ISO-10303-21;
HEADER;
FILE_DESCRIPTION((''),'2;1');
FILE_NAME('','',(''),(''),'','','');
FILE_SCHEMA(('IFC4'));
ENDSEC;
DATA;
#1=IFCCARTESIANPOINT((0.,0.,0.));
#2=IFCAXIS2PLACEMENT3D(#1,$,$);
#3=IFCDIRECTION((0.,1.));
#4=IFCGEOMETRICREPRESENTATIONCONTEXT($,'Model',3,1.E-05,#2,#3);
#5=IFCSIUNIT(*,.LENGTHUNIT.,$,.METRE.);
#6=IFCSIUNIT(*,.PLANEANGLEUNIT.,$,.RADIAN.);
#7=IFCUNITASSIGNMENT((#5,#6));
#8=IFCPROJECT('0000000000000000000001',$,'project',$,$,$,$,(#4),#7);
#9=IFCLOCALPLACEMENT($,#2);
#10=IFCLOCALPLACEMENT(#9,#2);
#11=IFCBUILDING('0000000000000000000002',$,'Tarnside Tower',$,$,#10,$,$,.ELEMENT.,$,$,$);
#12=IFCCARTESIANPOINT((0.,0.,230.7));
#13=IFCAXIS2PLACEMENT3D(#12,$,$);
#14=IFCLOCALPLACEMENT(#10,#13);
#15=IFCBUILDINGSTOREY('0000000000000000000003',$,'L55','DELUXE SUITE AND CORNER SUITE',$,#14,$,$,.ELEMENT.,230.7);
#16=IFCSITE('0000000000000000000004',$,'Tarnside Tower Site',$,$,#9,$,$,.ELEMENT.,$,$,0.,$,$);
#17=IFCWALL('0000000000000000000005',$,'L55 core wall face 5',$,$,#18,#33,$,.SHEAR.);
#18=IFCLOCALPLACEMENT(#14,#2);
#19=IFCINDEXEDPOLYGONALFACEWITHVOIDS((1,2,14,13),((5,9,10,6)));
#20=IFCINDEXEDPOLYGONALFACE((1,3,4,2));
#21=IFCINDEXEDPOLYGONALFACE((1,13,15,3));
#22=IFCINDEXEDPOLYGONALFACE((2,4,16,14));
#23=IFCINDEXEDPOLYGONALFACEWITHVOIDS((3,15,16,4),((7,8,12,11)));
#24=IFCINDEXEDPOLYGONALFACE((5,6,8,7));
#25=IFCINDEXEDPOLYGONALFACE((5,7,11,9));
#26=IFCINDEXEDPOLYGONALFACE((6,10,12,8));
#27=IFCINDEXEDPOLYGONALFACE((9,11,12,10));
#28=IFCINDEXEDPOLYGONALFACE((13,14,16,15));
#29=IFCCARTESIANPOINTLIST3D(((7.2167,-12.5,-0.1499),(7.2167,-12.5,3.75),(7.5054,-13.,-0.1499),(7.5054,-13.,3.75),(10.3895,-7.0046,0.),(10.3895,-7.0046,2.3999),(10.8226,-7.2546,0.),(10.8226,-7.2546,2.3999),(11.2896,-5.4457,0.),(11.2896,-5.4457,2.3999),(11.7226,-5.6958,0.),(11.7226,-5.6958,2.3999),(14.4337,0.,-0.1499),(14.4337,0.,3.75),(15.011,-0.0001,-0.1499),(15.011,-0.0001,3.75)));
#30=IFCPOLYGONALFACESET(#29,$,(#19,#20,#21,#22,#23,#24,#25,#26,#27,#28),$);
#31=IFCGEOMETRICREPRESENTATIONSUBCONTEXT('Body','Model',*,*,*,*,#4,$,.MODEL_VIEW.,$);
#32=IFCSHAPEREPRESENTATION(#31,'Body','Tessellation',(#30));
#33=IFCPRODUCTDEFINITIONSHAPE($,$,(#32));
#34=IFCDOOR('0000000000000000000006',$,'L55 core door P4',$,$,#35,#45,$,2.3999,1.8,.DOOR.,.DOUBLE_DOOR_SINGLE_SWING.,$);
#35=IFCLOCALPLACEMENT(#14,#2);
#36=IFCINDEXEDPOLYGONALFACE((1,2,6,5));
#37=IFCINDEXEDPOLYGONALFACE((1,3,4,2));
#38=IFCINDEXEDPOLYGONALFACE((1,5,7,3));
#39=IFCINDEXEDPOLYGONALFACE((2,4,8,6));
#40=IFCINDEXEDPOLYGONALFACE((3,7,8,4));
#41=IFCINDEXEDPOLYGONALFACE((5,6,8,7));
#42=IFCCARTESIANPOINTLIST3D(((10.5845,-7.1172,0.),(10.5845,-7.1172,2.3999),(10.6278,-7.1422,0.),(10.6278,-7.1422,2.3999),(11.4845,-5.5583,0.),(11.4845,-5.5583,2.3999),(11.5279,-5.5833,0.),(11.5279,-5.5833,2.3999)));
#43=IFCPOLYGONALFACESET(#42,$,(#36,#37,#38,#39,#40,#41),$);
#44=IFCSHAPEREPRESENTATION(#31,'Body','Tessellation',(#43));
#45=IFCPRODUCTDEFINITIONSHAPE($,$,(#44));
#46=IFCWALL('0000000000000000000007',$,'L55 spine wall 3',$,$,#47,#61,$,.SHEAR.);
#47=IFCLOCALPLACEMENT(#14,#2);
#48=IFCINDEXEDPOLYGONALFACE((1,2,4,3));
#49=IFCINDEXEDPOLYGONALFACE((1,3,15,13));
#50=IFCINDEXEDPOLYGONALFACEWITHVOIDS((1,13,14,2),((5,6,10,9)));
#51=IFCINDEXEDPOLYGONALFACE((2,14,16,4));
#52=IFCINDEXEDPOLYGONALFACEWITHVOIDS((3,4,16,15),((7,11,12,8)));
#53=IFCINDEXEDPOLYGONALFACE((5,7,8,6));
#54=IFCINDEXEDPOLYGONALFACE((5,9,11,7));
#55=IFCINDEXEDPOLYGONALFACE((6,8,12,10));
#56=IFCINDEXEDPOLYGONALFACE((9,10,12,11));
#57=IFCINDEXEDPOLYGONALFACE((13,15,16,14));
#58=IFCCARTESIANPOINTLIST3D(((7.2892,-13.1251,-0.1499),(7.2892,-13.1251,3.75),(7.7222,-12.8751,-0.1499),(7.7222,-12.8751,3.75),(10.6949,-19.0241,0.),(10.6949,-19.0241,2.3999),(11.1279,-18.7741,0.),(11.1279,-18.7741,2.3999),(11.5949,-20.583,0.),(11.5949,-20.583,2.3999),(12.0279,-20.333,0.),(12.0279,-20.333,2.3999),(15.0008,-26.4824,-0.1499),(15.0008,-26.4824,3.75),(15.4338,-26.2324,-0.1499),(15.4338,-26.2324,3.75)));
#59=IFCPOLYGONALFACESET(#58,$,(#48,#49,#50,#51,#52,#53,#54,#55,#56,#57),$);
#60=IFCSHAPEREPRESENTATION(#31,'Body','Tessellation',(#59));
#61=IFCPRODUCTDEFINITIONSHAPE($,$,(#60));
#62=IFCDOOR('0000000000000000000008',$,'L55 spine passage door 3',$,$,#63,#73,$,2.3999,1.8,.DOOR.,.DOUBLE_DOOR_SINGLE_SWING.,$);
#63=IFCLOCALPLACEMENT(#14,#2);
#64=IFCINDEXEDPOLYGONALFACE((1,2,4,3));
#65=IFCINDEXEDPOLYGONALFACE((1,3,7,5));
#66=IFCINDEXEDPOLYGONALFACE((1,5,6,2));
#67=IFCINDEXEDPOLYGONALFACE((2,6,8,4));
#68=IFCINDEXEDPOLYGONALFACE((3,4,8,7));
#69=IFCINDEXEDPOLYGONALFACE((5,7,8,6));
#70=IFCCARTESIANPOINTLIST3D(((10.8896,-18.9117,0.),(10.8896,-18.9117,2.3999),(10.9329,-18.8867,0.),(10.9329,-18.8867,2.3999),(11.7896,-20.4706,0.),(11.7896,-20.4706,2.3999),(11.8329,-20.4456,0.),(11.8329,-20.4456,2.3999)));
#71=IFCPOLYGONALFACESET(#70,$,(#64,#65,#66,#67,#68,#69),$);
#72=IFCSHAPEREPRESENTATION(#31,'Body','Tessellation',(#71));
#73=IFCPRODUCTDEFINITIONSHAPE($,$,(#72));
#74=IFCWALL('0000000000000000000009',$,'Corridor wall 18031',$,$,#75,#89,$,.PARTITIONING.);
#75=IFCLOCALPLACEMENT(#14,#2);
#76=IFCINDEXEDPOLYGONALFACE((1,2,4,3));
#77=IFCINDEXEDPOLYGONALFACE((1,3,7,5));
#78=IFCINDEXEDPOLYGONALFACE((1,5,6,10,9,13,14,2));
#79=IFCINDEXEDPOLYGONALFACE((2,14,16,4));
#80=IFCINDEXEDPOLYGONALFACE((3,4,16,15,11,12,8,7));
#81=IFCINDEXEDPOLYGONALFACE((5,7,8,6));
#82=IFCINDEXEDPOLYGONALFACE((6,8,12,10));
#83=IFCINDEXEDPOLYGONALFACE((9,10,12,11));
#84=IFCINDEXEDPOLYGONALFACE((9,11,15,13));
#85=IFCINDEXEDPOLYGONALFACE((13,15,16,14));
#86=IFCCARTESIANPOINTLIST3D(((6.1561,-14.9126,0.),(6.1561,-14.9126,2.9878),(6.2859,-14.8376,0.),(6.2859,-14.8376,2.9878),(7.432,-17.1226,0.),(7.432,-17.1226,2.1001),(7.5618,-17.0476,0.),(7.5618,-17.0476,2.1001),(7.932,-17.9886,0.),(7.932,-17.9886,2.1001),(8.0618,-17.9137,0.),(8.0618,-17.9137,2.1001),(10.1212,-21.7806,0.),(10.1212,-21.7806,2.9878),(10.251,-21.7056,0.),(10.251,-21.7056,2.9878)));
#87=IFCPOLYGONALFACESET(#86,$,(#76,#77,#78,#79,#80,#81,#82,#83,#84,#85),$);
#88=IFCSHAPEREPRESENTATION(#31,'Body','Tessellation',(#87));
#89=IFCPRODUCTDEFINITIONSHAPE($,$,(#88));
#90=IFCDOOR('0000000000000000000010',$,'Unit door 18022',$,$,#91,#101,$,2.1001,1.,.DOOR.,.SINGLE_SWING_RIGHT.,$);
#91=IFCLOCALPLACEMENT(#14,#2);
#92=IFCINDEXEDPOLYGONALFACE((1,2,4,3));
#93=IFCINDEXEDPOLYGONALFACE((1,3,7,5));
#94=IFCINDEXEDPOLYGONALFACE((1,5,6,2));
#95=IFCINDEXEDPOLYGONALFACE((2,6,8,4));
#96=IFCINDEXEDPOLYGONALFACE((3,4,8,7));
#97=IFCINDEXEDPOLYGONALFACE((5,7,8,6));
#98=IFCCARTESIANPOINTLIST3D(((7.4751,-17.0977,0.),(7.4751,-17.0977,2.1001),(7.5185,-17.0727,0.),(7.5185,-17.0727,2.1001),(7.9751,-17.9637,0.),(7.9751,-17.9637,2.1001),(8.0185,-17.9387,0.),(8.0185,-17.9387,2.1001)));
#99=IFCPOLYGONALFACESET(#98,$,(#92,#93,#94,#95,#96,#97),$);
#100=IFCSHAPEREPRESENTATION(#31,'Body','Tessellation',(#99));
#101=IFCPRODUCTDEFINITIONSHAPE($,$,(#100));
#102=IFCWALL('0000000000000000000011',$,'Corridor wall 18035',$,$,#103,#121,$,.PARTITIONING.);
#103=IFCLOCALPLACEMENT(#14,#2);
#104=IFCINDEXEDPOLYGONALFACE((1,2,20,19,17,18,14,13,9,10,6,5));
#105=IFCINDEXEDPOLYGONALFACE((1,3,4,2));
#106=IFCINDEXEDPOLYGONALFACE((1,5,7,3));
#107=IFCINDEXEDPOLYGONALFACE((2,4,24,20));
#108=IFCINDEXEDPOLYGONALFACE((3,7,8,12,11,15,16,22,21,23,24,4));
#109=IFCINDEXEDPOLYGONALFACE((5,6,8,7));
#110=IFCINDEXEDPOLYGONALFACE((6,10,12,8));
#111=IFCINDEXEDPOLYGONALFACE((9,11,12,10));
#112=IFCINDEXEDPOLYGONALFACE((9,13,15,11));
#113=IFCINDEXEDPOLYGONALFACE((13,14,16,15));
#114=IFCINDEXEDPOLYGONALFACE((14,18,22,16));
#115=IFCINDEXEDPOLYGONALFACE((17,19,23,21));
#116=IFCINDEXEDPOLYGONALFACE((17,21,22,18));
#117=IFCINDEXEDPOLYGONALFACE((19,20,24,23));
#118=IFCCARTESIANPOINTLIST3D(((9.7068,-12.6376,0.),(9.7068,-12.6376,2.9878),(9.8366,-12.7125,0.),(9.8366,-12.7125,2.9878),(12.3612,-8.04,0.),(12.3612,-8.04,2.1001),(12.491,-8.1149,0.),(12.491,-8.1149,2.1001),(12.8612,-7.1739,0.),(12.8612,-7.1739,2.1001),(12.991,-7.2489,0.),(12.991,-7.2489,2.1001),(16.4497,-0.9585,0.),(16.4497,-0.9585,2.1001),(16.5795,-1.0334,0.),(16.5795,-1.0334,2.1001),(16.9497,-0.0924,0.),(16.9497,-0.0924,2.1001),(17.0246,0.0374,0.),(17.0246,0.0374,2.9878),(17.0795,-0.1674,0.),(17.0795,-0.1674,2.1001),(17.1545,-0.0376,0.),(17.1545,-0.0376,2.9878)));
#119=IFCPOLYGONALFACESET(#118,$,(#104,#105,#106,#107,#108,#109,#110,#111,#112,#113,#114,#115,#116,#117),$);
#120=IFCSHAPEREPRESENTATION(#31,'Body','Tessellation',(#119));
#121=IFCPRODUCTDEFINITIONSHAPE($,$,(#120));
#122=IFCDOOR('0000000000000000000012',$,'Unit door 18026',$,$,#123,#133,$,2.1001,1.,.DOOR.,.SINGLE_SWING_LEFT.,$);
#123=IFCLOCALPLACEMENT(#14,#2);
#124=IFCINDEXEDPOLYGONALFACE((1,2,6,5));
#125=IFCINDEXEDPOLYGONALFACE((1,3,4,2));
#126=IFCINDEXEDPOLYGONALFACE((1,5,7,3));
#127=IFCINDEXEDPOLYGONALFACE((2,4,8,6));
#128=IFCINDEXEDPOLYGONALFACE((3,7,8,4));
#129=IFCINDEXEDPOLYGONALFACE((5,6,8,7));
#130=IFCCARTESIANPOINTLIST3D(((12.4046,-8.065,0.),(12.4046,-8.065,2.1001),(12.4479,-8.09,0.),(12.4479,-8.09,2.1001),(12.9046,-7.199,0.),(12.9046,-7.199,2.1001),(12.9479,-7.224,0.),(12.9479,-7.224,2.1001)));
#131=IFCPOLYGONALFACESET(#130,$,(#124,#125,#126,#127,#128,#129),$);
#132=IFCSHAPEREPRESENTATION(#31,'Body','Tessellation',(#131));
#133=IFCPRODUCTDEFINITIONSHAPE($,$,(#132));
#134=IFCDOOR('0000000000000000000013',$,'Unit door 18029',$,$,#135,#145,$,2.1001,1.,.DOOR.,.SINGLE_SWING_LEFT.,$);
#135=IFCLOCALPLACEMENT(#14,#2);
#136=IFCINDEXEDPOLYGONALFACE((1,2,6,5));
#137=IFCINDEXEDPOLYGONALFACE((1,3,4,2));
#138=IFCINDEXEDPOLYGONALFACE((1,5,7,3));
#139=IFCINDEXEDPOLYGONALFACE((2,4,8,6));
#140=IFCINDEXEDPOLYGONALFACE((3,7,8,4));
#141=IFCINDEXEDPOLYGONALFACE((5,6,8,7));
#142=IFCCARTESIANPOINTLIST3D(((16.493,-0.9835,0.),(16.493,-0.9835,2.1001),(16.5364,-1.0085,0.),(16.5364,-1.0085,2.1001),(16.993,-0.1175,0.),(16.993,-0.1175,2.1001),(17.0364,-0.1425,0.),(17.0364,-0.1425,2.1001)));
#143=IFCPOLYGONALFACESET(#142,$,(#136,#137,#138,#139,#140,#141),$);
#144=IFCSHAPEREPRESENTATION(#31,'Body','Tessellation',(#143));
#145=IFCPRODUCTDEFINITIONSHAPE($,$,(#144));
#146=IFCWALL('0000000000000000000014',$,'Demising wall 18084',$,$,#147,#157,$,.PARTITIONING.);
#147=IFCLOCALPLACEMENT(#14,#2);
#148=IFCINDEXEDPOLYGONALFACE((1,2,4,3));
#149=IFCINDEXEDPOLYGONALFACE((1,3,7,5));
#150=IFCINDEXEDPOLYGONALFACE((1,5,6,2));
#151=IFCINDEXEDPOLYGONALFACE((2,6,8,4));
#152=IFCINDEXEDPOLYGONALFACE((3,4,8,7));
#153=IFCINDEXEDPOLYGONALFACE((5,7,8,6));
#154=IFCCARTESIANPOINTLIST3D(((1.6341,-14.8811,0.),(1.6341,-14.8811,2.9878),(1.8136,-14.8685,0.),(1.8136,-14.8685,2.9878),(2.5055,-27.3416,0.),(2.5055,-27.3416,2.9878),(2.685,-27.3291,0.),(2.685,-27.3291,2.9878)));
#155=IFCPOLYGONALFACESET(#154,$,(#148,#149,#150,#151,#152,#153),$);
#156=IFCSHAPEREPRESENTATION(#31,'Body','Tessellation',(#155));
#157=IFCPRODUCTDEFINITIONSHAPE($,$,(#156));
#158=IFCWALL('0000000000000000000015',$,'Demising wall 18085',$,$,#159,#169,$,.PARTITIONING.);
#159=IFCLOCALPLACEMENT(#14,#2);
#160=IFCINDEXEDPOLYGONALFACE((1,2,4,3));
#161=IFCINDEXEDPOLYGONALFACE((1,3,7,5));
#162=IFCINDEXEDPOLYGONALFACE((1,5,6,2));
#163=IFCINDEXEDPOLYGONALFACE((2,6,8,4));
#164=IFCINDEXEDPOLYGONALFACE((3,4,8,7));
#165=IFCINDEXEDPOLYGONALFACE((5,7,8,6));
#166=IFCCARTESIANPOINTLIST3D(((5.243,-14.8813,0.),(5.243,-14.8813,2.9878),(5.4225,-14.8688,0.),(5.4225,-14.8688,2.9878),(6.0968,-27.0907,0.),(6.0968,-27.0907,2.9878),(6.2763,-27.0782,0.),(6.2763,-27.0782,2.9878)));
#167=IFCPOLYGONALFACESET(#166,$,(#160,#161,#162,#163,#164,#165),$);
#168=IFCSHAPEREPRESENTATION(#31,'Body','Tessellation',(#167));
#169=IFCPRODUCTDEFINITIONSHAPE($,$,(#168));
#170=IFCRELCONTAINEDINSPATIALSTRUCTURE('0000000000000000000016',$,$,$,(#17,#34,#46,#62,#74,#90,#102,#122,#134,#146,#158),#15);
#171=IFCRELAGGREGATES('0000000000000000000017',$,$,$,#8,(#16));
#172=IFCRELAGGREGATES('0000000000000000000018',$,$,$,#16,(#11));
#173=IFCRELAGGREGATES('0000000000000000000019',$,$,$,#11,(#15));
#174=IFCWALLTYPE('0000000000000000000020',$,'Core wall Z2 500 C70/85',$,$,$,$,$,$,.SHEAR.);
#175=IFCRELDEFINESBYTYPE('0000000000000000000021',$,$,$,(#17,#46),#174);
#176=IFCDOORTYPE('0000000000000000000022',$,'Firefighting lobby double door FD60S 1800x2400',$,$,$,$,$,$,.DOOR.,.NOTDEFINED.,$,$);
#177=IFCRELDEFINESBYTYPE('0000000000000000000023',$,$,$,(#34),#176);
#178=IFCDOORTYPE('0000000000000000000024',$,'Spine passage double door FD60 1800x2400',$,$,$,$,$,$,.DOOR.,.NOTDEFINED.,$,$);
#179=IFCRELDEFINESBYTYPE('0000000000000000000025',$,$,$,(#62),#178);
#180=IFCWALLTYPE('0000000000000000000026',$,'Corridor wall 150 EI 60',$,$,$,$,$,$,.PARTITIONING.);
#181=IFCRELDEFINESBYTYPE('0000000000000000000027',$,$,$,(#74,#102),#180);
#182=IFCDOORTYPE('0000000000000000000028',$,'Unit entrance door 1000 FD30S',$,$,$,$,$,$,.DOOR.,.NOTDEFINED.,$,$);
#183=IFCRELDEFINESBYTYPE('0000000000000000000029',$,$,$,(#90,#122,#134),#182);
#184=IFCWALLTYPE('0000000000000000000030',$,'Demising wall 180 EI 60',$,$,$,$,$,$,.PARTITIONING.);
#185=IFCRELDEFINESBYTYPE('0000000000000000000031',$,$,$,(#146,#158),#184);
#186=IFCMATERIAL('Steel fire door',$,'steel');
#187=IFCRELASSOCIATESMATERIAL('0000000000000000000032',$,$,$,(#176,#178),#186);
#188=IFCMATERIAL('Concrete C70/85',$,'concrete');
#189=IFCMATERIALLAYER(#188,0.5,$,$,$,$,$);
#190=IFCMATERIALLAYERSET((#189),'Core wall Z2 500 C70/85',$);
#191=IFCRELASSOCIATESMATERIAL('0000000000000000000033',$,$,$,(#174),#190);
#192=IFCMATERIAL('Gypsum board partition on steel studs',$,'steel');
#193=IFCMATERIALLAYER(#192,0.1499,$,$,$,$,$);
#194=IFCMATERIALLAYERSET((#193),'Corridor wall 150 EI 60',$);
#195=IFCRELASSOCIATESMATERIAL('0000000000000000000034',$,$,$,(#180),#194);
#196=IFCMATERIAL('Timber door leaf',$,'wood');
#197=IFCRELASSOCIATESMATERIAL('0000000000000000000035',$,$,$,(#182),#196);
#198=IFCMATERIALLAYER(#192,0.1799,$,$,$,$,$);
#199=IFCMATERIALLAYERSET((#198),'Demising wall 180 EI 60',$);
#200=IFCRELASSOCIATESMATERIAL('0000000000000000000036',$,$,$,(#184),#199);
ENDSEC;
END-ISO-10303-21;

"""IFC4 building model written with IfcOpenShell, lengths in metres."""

from ifc_helpers import new_model, si_unit, direction, frame, frame_2d, origin, place, context, subcontext, project, spatial, polyline, rectangle, outline, extrude, material, layer, layer_set, type_object, element, fill, save


model = new_model("IFC4")

# Units and contexts
model_context = context("Model", 3, precision=1e-05, world=origin(), true_north=direction((0.0, 1.0)))
body_context = subcontext(model_context, "Body", "Model", "MODEL_VIEW")
ifc_project = project(units=[si_unit("LENGTHUNIT", "METRE"), si_unit("PLANEANGLEUNIT", "RADIAN")], contexts=[model_context])

# Site, building, storey
site_placement = place(None, origin())
site = spatial("IfcSite", under=ifc_project, at=site_placement, Name="Tarnside Tower Site", CompositionType="ELEMENT", RefElevation=0.0)
building_placement = place(site_placement, origin())
building = spatial("IfcBuilding", under=site, at=building_placement, Name="Tarnside Tower", CompositionType="ELEMENT")
storey_placement = place(building_placement, frame((0.0, 0.0, 230.7)))
storey = spatial("IfcBuildingStorey", under=building, at=storey_placement, Name="L55", Description="DELUXE SUITE AND CORNER SUITE", CompositionType="ELEMENT", Elevation=230.7)

# Walls, openings, doors
ifc_material_1 = material(Name="Steel fire door", Category="steel")
door_type_1 = type_object("IfcDoorType", Name="Firefighting lobby double door FD60S 1800x2400", OperationType="NOTDEFINED", PredefinedType="DOOR", material=ifc_material_1)
ifc_material_2 = material(Name="Concrete C70/85", Category="concrete")
ifc_layer_1 = layer(ifc_material_2, 0.5)
ifc_layer_set_1 = layer_set([ifc_layer_1], Name="Core wall Z2 500 C70/85")
wall_type_1 = type_object("IfcWallType", Name="Core wall Z2 500 C70/85", PredefinedType="SHEAR", material=ifc_layer_set_1)
wall_1_placement = place(storey_placement, frame((7.3611, -12.75, -0.1499), z_axis=(0.0, 0.0, 1.0), x_axis=(0.500006, 0.866022, 0.0)))
wall_1 = element("IfcWall", 1, at=wall_1_placement, inside=storey, type_object=wall_type_1, Name="L55 core wall face 5", PredefinedType="SHEAR", context=body_context, shape_type="SweptSolid", body=[
    extrude(outline(polyline([(-0.1443, -0.25), (14.8667, -0.25), (14.5781, 0.25), (0.1443, 0.25), (-0.1443, -0.25)])), origin(), (0.0, 0.0, 1.0), 3.8999),
])
opening_1_placement = place(wall_1_placement, frame((6.49, 0.0, 0.1499)))
opening_1 = element("IfcOpeningElement", 2, at=opening_1_placement, cuts=wall_1, PredefinedType="OPENING", context=body_context, shape_type="SweptSolid", body=[
    extrude(rectangle(XDim=1.8, YDim=2.3999, at=frame_2d((0.8999, 1.2))), frame((0.0, 0.26, 0.0), z_axis=(0.0, -1.0, 0.0), x_axis=(1.0, 0.0, 0.0)), (0.0, 0.0, 1.0), 0.52),
])
door_1_placement = place(opening_1_placement, origin())
door_1 = element("IfcDoor", 3, at=door_1_placement, inside=storey, type_object=door_type_1, Name="L55 core door P4", OperationType="DOUBLE_DOOR_SINGLE_SWING", OverallHeight=2.3999, OverallWidth=1.8, PredefinedType="DOOR", context=body_context, shape_type="SweptSolid", body=[
    extrude(rectangle(XDim=1.8, YDim=2.3999, at=frame_2d((0.8999, 1.2))), frame((0.0, 0.0249, 0.0), z_axis=(0.0, -1.0, 0.0), x_axis=(1.0, 0.0, 0.0)), (0.0, 0.0, 1.0), 0.05),
])
fill(opening_1, door_1)
wall_2_placement = place(storey_placement, frame((7.5056, -13.0, -0.1499), z_axis=(0.0, 0.0, 1.0), x_axis=(0.499988, -0.866032, 0.0)))
wall_2 = element("IfcWall", 4, at=wall_2_placement, inside=storey, type_object=wall_type_1, Name="L55 spine wall 3", PredefinedType="SHEAR", context=body_context, shape_type="SweptSolid", body=[
    extrude(rectangle(XDim=15.4236, YDim=0.5, at=frame_2d((7.7119, 0.0))), origin(), (0.0, 0.0, 1.0), 3.8999),
])
opening_2_placement = place(wall_2_placement, frame((6.8118, 0.0, 0.1499)))
opening_2 = element("IfcOpeningElement", 5, at=opening_2_placement, cuts=wall_2, PredefinedType="OPENING", context=body_context, shape_type="SweptSolid", body=[
    extrude(rectangle(XDim=1.8, YDim=2.3999, at=frame_2d((0.8999, 1.2))), frame((0.0, 0.26, 0.0), z_axis=(0.0, -1.0, 0.0), x_axis=(1.0, 0.0, 0.0)), (0.0, 0.0, 1.0), 0.52),
])
door_type_2 = type_object("IfcDoorType", Name="Spine passage double door FD60 1800x2400", OperationType="NOTDEFINED", PredefinedType="DOOR", material=ifc_material_1)
door_2_placement = place(opening_2_placement, origin())
door_2 = element("IfcDoor", 6, at=door_2_placement, inside=storey, type_object=door_type_2, Name="L55 spine passage door 3", OperationType="DOUBLE_DOOR_SINGLE_SWING", OverallHeight=2.3999, OverallWidth=1.8, PredefinedType="DOOR", context=body_context, shape_type="SweptSolid", body=[
    extrude(rectangle(XDim=1.8, YDim=2.3999, at=frame_2d((0.8999, 1.2))), frame((0.0, 0.0249, 0.0), z_axis=(0.0, -1.0, 0.0), x_axis=(1.0, 0.0, 0.0)), (0.0, 0.0, 1.0), 0.05),
])
fill(opening_2, door_2)
ifc_material_3 = material(Name="Gypsum board partition on steel studs", Category="steel")
ifc_layer_2 = layer(ifc_material_3, 0.1499)
ifc_layer_set_2 = layer_set([ifc_layer_2], Name="Corridor wall 150 EI 60")
wall_type_2 = type_object("IfcWallType", Name="Corridor wall 150 EI 60", PredefinedType="PARTITIONING", material=ifc_layer_set_2)
wall_3_placement = place(storey_placement, frame((6.2209, -14.875, 0.0), z_axis=(0.0, 0.0, 1.0), x_axis=(0.49999, -0.866031, 0.0)))
wall_3 = element("IfcWall", 7, at=wall_3_placement, inside=storey, type_object=wall_type_2, Name="Corridor wall 18031", PredefinedType="PARTITIONING", context=body_context, shape_type="SweptSolid", body=[
    extrude(rectangle(XDim=7.9304, YDim=0.1499, at=frame_2d((3.9653, 0.0))), origin(), (0.0, 0.0, 1.0), 2.9878),
])
opening_3_placement = place(wall_3_placement, frame((2.552, 0.0, 0.0)))
opening_3 = element("IfcOpeningElement", 8, at=opening_3_placement, cuts=wall_3, PredefinedType="OPENING", context=body_context, shape_type="SweptSolid", body=[
    extrude(rectangle(XDim=1.0, YDim=2.1001, at=frame_2d((0.5, 1.05))), frame((0.0, 0.085, 0.0), z_axis=(0.0, -1.0, 0.0), x_axis=(1.0, 0.0, 0.0)), (0.0, 0.0, 1.0), 0.1699),
])
ifc_material_4 = material(Name="Timber door leaf", Category="wood")
door_type_3 = type_object("IfcDoorType", Name="Unit entrance door 1000 FD30S", OperationType="NOTDEFINED", PredefinedType="DOOR", material=ifc_material_4)
door_3_placement = place(opening_3_placement, origin())
door_3 = element("IfcDoor", 9, at=door_3_placement, inside=storey, type_object=door_type_3, Name="Unit door 18022", OperationType="SINGLE_SWING_RIGHT", OverallHeight=2.1001, OverallWidth=1.0, PredefinedType="DOOR", context=body_context, shape_type="SweptSolid", body=[
    extrude(rectangle(XDim=1.0, YDim=2.1001, at=frame_2d((0.5, 1.05))), frame((0.0, 0.0249, 0.0), z_axis=(0.0, -1.0, 0.0), x_axis=(1.0, 0.0, 0.0)), (0.0, 0.0, 1.0), 0.05),
])
fill(opening_3, door_3)

# Wall, openings, doors
wall_4_placement = place(storey_placement, frame((9.7717, -12.675, 0.0), z_axis=(0.0, 0.0, 1.0), x_axis=(0.499996, 0.866028, 0.0)))
wall_4 = element("IfcWall", 10, at=wall_4_placement, inside=storey, type_object=wall_type_2, Name="Corridor wall 18035", PredefinedType="PARTITIONING", context=body_context, shape_type="SweptSolid", body=[
    extrude(rectangle(XDim=14.6357, YDim=0.1499, at=frame_2d((7.3179, 0.0))), origin(), (0.0, 0.0, 1.0), 2.9878),
])
opening_4_placement = place(wall_4_placement, frame((5.3088, 0.0, 0.0)))
opening_4 = element("IfcOpeningElement", 11, at=opening_4_placement, cuts=wall_4, PredefinedType="OPENING", context=body_context, shape_type="SweptSolid", body=[
    extrude(rectangle(XDim=1.0, YDim=2.1001, at=frame_2d((0.5, 1.05))), frame((0.0, 0.085, 0.0), z_axis=(0.0, -1.0, 0.0), x_axis=(1.0, 0.0, 0.0)), (0.0, 0.0, 1.0), 0.1699),
])
opening_5_placement = place(wall_4_placement, frame((13.4858, 0.0, 0.0)))
opening_5 = element("IfcOpeningElement", 12, at=opening_5_placement, cuts=wall_4, PredefinedType="OPENING", context=body_context, shape_type="SweptSolid", body=[
    extrude(rectangle(XDim=1.0, YDim=2.1001, at=frame_2d((0.5, 1.05))), frame((0.0, 0.085, 0.0), z_axis=(0.0, -1.0, 0.0), x_axis=(1.0, 0.0, 0.0)), (0.0, 0.0, 1.0), 0.1699),
])
door_4_placement = place(opening_4_placement, origin())
door_4 = element("IfcDoor", 13, at=door_4_placement, inside=storey, type_object=door_type_3, Name="Unit door 18026", OperationType="SINGLE_SWING_LEFT", OverallHeight=2.1001, OverallWidth=1.0, PredefinedType="DOOR", context=body_context, shape_type="SweptSolid", body=[
    extrude(rectangle(XDim=1.0, YDim=2.1001, at=frame_2d((0.5, 1.05))), frame((0.0, 0.0249, 0.0), z_axis=(0.0, -1.0, 0.0), x_axis=(1.0, 0.0, 0.0)), (0.0, 0.0, 1.0), 0.05),
])
fill(opening_4, door_4)
door_5_placement = place(opening_5_placement, origin())
door_5 = element("IfcDoor", 14, at=door_5_placement, inside=storey, type_object=door_type_3, Name="Unit door 18029", OperationType="SINGLE_SWING_LEFT", OverallHeight=2.1001, OverallWidth=1.0, PredefinedType="DOOR", context=body_context, shape_type="SweptSolid", body=[
    extrude(rectangle(XDim=1.0, YDim=2.1001, at=frame_2d((0.5, 1.05))), frame((0.0, 0.0249, 0.0), z_axis=(0.0, -1.0, 0.0), x_axis=(1.0, 0.0, 0.0)), (0.0, 0.0, 1.0), 0.05),
])
fill(opening_5, door_5)

# Walls
ifc_layer_3 = layer(ifc_material_3, 0.1799)
ifc_layer_set_3 = layer_set([ifc_layer_3], Name="Demising wall 180 EI 60")
wall_type_3 = type_object("IfcWallType", Name="Demising wall 180 EI 60", PredefinedType="PARTITIONING", material=ifc_layer_set_3)
wall_5_placement = place(storey_placement, frame((2.5952, -27.3354, 0.0), z_axis=(0.0, 0.0, 1.0), x_axis=(-0.069758, 0.997564, 0.0)))
element("IfcWall", 15, at=wall_5_placement, inside=storey, type_object=wall_type_3, Name="Demising wall 18084", PredefinedType="PARTITIONING", context=body_context, shape_type="SweptSolid", body=[
    extrude(rectangle(XDim=12.491, YDim=0.1799, at=frame_2d((6.2456, 0.0))), origin(), (0.0, 0.0, 1.0), 2.9878),
])
wall_6_placement = place(storey_placement, frame((6.1865, -27.0845, 0.0), z_axis=(0.0, 0.0, 1.0), x_axis=(-0.069756, 0.997564, 0.0)))
element("IfcWall", 16, at=wall_6_placement, inside=storey, type_object=wall_type_3, Name="Demising wall 18085", PredefinedType="PARTITIONING", context=body_context, shape_type="SweptSolid", body=[
    extrude(rectangle(XDim=12.2393, YDim=0.1799, at=frame_2d((6.1196, 0.0))), origin(), (0.0, 0.0, 1.0), 2.9878),
])

save(model, "model.ifc")
